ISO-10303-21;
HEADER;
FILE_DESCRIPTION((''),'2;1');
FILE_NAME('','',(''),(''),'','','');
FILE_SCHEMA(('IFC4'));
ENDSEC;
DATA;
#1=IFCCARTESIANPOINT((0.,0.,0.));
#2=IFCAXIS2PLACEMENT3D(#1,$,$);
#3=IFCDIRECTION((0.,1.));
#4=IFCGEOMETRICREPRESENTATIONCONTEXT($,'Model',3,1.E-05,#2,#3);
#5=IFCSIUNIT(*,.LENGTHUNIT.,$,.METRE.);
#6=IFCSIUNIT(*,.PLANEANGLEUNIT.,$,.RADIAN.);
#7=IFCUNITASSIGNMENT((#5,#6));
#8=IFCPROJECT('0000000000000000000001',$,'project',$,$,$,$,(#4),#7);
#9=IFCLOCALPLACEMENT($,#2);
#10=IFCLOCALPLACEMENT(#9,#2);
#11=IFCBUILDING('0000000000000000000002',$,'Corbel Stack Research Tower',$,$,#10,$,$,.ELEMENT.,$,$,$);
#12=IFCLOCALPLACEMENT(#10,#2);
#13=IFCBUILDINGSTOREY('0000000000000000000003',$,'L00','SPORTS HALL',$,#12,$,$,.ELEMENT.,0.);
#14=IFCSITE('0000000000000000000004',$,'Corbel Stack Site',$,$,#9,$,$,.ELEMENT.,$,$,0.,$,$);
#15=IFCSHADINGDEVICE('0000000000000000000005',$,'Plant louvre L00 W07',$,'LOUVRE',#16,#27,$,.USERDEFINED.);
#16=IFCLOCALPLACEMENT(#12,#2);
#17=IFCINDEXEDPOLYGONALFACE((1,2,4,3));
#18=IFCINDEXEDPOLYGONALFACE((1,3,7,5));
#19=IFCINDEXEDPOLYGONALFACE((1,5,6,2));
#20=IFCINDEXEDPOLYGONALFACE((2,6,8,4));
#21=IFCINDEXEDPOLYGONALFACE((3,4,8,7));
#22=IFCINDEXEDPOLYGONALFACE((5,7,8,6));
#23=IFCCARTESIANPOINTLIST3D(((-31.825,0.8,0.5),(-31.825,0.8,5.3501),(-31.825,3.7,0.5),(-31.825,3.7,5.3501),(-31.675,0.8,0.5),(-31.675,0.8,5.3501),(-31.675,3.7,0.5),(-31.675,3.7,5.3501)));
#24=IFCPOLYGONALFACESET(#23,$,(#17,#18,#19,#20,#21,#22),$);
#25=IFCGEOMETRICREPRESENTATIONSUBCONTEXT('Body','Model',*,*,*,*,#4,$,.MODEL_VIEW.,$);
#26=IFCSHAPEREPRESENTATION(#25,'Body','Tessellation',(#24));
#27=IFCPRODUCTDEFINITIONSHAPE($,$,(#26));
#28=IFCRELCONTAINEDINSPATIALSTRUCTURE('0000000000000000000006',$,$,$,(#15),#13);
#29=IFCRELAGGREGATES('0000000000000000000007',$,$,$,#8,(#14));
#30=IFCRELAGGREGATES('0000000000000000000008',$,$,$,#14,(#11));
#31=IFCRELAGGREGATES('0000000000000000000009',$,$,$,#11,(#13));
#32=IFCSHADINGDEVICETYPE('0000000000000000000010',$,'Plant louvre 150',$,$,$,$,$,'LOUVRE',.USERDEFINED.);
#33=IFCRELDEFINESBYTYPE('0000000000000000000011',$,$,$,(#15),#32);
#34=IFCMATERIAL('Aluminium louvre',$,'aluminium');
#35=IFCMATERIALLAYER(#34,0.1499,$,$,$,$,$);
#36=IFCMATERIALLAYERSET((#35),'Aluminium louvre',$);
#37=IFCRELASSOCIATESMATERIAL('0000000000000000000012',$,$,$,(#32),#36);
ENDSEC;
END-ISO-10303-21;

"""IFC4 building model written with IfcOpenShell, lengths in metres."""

from ifc_helpers import new_model, si_unit, direction, frame, origin, origin_2d, place, context, subcontext, project, spatial, rectangle, extrude, material, layer, layer_set, type_object, element, save


model = new_model("IFC4")

# Units and contexts
model_context = context("Model", 3, precision=1e-05, world=origin(), true_north=direction((0.0, 1.0)))
body_context = subcontext(model_context, "Body", "Model", "MODEL_VIEW")
ifc_project = project(units=[si_unit("LENGTHUNIT", "METRE"), si_unit("PLANEANGLEUNIT", "RADIAN")], contexts=[model_context])

# Site, building, storey
site_placement = place(None, origin())
site = spatial("IfcSite", under=ifc_project, at=site_placement, Name="Corbel Stack Site", CompositionType="ELEMENT", RefElevation=0.0)
building_placement = place(site_placement, origin())
building = spatial("IfcBuilding", under=site, at=building_placement, Name="Corbel Stack Research Tower", CompositionType="ELEMENT")
storey_placement = place(building_placement, origin())
storey = spatial("IfcBuildingStorey", under=building, at=storey_placement, Name="L00", Description="SPORTS HALL", CompositionType="ELEMENT", Elevation=0.0)

# Shading device
ifc_material_1 = material(Name="Aluminium louvre", Category="aluminium")
ifc_layer_1 = layer(ifc_material_1, 0.1499)
ifc_layer_set_1 = layer_set([ifc_layer_1], Name="Aluminium louvre")
shading_device_type = type_object("IfcShadingDeviceType", Name="Plant louvre 150", ElementType="LOUVRE", PredefinedType="USERDEFINED", material=ifc_layer_set_1)
for number, where, z_axis, x_axis, name in (
    (1, (-31.75, 2.25, 0.5), (0.0, 0.0, 1.0), (0.0, -1.0, 0.0), "Plant louvre L00 W07"),
):
    element("IfcShadingDevice", number, at=place(storey_placement, frame(where, z_axis=z_axis, x_axis=x_axis)), inside=storey, type_object=shading_device_type, Name=name, ObjectType="LOUVRE", PredefinedType="USERDEFINED", context=body_context, shape_type="SweptSolid", body=[
        extrude(rectangle(XDim=2.8999, YDim=0.1499, at=origin_2d()), origin(), (0.0, 0.0, 1.0), 4.8501),
    ])

save(model, "model.ifc")
